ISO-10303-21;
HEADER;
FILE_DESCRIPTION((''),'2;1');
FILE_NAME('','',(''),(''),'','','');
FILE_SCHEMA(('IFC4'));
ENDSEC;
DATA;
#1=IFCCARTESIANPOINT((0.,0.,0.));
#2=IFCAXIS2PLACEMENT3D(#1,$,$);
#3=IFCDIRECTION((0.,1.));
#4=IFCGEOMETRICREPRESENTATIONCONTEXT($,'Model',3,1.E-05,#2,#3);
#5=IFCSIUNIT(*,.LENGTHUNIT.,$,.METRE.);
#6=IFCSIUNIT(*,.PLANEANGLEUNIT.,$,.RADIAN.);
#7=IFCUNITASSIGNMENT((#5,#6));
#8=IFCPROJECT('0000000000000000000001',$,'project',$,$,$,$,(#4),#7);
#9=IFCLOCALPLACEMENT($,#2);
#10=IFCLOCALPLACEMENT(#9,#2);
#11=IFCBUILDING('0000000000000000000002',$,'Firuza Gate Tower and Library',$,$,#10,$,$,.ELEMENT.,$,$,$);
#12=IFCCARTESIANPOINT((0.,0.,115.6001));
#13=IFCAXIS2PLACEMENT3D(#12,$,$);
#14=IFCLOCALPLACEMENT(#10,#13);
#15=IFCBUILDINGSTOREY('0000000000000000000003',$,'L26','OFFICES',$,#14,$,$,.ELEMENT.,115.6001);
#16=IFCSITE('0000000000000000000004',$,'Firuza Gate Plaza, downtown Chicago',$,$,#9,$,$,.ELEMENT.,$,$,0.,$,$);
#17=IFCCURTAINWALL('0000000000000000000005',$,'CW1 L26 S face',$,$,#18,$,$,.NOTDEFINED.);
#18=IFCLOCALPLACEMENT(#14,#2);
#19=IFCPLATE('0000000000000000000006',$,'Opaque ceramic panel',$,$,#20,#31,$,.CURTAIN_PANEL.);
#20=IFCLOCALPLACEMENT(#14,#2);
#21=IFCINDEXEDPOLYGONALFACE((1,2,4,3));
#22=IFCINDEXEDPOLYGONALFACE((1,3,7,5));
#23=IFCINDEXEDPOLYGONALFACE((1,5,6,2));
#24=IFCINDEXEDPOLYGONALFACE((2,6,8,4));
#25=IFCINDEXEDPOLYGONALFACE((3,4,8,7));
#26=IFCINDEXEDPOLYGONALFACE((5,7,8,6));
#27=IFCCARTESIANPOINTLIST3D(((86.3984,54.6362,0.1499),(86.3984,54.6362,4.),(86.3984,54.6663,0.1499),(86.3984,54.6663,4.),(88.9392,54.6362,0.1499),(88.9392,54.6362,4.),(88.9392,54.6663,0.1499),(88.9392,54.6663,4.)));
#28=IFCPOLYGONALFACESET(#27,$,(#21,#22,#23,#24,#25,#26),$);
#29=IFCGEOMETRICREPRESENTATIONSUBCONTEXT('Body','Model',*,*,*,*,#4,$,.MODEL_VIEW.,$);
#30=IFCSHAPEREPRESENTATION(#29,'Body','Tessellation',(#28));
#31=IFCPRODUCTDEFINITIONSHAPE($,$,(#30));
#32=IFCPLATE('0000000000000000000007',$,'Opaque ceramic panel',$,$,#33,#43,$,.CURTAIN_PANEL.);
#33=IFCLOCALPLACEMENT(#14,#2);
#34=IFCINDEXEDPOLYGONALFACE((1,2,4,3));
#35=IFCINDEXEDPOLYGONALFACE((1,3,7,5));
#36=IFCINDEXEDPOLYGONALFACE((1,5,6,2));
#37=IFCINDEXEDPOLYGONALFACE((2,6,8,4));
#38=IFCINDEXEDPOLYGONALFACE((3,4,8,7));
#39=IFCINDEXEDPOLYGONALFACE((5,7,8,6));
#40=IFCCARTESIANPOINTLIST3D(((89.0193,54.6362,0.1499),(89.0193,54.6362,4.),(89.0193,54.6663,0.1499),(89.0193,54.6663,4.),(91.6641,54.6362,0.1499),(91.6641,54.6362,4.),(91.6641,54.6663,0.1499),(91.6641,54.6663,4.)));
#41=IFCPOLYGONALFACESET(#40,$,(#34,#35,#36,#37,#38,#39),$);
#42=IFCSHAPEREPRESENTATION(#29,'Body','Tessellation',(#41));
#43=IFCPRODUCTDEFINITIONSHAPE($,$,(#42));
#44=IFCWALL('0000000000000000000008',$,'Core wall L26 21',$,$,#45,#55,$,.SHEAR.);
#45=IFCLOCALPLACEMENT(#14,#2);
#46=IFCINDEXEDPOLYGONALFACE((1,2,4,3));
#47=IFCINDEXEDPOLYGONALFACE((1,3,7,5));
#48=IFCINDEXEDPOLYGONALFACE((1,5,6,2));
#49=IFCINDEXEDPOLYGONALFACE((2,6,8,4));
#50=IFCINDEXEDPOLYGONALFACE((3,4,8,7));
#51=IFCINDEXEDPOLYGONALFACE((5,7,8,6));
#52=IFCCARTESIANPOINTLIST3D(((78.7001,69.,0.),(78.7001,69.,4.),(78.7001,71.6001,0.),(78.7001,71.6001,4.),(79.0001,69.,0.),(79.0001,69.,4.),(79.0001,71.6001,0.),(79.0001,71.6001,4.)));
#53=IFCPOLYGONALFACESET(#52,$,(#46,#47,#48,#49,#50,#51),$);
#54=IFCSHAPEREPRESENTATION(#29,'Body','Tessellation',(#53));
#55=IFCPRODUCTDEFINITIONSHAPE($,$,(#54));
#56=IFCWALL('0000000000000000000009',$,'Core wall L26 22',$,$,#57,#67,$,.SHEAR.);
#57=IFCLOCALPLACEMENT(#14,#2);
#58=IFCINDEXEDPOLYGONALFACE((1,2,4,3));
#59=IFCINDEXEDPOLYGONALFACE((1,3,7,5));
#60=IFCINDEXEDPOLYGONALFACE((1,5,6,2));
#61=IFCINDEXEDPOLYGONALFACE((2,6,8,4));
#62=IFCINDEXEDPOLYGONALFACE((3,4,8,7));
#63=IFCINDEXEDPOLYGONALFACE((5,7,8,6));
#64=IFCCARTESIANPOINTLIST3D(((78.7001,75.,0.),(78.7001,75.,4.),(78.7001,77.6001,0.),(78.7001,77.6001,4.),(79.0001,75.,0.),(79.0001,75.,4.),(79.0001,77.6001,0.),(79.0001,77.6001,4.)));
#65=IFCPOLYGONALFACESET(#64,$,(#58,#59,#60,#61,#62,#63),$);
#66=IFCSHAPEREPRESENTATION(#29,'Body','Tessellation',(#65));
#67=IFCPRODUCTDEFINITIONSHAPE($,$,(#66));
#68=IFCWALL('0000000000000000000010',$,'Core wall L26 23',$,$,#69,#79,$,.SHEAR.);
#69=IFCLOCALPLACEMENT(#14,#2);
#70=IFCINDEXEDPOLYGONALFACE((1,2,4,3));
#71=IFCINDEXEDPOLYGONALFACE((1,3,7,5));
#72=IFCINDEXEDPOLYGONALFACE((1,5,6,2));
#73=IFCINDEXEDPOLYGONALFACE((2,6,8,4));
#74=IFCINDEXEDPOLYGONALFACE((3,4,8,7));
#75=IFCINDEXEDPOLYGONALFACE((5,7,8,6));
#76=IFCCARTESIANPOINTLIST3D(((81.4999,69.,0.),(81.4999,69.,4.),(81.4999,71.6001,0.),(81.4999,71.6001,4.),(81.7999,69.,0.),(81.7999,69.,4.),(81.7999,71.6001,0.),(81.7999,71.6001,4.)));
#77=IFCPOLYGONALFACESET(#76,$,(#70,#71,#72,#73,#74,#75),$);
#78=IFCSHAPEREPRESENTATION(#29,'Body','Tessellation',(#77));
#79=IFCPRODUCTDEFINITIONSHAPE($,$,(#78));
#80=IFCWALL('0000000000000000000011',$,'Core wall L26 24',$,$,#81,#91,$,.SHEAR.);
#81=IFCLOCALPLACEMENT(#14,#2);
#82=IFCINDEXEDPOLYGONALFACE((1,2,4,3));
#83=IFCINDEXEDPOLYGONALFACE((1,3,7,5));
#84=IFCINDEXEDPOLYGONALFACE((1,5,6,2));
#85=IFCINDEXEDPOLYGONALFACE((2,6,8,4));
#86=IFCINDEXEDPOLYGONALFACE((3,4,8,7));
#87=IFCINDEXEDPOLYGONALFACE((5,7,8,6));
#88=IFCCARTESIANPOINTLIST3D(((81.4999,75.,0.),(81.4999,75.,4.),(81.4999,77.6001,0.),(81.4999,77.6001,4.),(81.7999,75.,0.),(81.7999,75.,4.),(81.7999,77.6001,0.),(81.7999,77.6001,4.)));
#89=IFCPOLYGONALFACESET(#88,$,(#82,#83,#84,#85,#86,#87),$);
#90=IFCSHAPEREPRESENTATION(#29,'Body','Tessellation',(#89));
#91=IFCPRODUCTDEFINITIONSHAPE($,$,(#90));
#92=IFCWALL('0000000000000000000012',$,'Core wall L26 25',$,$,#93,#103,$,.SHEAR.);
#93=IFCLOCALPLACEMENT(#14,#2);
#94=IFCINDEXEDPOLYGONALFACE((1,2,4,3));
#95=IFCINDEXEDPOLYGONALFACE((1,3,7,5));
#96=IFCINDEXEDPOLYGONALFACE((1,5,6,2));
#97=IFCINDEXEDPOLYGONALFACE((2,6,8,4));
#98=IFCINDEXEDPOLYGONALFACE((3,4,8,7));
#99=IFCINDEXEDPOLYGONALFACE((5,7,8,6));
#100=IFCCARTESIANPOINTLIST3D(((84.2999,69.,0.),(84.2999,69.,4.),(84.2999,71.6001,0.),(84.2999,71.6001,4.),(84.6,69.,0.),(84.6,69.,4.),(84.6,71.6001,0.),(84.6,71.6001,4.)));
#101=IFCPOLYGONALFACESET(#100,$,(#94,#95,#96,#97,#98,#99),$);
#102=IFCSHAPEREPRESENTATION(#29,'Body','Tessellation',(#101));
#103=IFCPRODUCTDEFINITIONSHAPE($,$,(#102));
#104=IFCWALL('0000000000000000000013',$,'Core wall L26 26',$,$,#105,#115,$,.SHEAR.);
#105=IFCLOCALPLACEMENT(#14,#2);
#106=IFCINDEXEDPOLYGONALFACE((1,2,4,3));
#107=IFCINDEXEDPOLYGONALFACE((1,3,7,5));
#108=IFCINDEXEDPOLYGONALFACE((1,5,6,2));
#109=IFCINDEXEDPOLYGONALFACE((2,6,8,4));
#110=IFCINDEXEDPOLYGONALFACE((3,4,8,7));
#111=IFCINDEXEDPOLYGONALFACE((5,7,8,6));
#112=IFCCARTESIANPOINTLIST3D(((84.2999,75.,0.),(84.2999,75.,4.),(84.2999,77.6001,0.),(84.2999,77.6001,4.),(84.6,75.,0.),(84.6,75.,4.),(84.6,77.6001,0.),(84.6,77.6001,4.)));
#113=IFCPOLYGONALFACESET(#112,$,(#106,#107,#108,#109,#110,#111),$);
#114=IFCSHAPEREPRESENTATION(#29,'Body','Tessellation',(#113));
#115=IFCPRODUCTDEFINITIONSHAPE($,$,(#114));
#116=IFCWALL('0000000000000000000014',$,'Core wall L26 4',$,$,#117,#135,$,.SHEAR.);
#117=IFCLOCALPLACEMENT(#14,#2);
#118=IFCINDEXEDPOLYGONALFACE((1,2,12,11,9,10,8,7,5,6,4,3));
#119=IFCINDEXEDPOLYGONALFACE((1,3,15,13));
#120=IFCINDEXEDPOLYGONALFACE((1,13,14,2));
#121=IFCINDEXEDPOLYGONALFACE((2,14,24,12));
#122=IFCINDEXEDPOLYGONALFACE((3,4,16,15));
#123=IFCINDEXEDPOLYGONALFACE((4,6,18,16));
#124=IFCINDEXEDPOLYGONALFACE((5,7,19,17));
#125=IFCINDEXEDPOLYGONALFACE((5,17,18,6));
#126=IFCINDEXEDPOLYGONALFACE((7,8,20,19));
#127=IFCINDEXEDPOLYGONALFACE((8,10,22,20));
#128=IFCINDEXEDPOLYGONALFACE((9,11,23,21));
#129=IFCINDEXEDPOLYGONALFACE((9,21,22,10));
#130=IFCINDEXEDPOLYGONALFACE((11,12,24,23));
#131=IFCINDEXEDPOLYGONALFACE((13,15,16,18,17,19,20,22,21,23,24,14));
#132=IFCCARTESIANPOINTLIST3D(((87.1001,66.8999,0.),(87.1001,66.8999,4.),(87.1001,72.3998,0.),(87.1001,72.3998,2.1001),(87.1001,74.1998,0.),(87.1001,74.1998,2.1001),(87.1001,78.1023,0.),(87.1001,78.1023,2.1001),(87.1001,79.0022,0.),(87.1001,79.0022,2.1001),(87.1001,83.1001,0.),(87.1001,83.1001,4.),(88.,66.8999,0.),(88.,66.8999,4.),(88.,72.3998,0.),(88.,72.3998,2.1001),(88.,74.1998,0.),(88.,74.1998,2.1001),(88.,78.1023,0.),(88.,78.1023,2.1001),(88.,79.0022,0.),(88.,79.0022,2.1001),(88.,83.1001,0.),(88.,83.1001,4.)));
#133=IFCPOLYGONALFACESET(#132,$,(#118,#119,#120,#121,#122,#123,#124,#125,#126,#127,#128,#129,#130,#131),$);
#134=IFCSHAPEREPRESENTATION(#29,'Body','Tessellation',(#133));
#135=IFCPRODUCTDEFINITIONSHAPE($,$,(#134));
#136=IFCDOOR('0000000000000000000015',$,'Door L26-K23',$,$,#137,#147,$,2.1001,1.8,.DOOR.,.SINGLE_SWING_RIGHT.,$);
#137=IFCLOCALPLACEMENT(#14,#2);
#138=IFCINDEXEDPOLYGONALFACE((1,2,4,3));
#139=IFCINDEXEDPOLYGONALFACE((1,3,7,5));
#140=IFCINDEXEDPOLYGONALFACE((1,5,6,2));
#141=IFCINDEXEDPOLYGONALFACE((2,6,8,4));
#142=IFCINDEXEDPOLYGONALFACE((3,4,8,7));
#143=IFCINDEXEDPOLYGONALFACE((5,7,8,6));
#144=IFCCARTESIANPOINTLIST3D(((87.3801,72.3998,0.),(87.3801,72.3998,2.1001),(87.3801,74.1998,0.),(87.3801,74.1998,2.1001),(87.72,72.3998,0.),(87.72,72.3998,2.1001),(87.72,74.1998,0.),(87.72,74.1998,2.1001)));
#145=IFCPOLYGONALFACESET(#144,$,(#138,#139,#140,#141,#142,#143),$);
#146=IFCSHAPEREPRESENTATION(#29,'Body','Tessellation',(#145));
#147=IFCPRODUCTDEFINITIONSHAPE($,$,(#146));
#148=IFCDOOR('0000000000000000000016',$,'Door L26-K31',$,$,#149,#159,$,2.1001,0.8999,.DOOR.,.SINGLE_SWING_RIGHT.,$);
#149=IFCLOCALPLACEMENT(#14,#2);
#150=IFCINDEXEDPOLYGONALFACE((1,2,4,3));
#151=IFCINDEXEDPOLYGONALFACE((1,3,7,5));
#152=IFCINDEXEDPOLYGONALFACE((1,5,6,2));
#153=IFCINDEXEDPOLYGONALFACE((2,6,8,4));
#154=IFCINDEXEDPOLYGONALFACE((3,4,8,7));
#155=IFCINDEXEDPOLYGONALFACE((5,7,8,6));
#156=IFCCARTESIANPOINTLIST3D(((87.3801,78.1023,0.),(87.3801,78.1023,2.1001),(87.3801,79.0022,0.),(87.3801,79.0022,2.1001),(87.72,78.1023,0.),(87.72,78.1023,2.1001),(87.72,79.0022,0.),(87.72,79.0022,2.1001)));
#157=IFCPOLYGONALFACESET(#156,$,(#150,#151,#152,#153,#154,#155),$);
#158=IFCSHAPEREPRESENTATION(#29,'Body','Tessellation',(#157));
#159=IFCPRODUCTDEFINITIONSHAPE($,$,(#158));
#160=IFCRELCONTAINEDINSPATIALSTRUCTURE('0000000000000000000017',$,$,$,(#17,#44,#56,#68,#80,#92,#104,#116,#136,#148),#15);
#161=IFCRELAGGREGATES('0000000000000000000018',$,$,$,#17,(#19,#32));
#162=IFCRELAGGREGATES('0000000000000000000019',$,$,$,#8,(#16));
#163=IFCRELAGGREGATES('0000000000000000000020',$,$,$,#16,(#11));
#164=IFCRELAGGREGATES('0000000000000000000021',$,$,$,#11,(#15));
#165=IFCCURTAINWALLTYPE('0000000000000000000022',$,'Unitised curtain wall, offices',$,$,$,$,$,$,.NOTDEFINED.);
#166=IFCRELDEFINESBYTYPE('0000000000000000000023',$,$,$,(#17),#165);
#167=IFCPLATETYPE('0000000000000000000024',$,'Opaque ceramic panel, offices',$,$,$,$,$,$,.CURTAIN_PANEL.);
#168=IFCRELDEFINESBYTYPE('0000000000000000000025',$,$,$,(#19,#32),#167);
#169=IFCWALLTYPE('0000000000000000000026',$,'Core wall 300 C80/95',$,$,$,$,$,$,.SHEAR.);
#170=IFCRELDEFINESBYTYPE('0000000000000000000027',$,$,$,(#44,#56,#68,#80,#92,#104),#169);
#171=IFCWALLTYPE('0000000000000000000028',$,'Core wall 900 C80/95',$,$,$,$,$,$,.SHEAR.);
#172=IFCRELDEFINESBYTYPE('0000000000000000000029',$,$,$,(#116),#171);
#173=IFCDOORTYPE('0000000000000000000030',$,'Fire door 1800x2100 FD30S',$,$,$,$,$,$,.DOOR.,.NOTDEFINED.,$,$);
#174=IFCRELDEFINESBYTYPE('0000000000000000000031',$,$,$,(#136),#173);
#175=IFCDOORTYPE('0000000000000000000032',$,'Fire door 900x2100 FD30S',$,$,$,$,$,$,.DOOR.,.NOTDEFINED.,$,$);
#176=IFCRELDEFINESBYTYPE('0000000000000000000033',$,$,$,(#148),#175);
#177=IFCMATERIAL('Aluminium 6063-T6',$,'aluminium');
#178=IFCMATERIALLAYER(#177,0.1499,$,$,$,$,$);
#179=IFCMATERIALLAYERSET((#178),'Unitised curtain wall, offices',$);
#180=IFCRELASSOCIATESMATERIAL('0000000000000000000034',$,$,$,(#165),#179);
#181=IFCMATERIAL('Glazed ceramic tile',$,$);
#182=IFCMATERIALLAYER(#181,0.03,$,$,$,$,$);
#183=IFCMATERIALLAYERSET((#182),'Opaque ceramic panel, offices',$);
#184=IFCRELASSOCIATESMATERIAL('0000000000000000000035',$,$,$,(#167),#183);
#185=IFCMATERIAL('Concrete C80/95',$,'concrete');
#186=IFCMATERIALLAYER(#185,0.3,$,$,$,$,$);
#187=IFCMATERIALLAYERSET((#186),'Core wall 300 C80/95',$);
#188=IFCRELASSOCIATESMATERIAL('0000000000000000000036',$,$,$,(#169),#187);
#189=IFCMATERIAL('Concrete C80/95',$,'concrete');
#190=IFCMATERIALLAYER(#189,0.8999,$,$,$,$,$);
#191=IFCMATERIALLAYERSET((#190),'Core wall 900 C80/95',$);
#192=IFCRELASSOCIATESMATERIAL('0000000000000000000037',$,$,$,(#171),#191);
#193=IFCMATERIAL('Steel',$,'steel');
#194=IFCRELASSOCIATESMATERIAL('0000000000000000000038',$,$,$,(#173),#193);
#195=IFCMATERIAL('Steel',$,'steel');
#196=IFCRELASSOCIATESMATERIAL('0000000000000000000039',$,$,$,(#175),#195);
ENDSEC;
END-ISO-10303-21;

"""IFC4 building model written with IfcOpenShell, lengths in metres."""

from ifc_helpers import new_model, si_unit, direction, frame, frame_2d, origin, place, context, subcontext, project, spatial, polyline, rectangle, outline, extrude, material, layer, layer_set, type_object, element, fill, aggregate, save


model = new_model("IFC4")

# Units and contexts
model_context = context("Model", 3, precision=1e-05, world=origin(), true_north=direction((0.0, 1.0)))
body_context = subcontext(model_context, "Body", "Model", "MODEL_VIEW")
ifc_project = project(units=[si_unit("LENGTHUNIT", "METRE"), si_unit("PLANEANGLEUNIT", "RADIAN")], contexts=[model_context])

# Site, building, storey
site_placement = place(None, origin())
site = spatial("IfcSite", under=ifc_project, at=site_placement, Name="Firuza Gate Plaza, downtown Chicago", CompositionType="ELEMENT", RefElevation=0.0)
building_placement = place(site_placement, origin())
building = spatial("IfcBuilding", under=site, at=building_placement, Name="Firuza Gate Tower and Library", CompositionType="ELEMENT")
storey_placement = place(building_placement, frame((0.0, 0.0, 115.6001)))
storey = spatial("IfcBuildingStorey", under=building, at=storey_placement, Name="L26", Description="OFFICES", CompositionType="ELEMENT", Elevation=115.6001)

# Curtain wall
ifc_material_1 = material(Name="Aluminium 6063-T6", Category="aluminium")
ifc_layer_1 = layer(ifc_material_1, 0.1499)
ifc_layer_set_1 = layer_set([ifc_layer_1], Name="Unitised curtain wall, offices")
curtain_wall_type = type_object("IfcCurtainWallType", Name="Unitised curtain wall, offices", PredefinedType="NOTDEFINED", material=ifc_layer_set_1)
curtain_wall_placement = place(storey_placement, origin())
curtain_wall = element("IfcCurtainWall", 1, at=curtain_wall_placement, inside=storey, type_object=curtain_wall_type, Name="CW1 L26 S face", PredefinedType="NOTDEFINED")

# Plates
ifc_material_2 = material(Name="Glazed ceramic tile")
ifc_layer_2 = layer(ifc_material_2, 0.03)
ifc_layer_set_2 = layer_set([ifc_layer_2], Name="Opaque ceramic panel, offices")
plate_type_1 = type_object("IfcPlateType", Name="Opaque ceramic panel, offices", PredefinedType="CURTAIN_PANEL", material=ifc_layer_set_2)
plate_1_placement = place(storey_placement, frame((86.3984, 54.6362, 0.1499), z_axis=(0.0, -1.0, 0.0), x_axis=(1.0, 0.0, 0.0)))
plate_1 = element("IfcPlate", 2, at=plate_1_placement, type_object=plate_type_1, Name="Opaque ceramic panel", PredefinedType="CURTAIN_PANEL", context=body_context, shape_type="SweptSolid", body=[
    extrude(outline(polyline([(0.0, 0.0), (2.5408, 0.0), (2.5408, 3.8501), (0.0, 3.8501), (0.0, 0.0)])), origin(), (0.0, 0.0, -1.0), 0.03),
])
plate_2_placement = place(storey_placement, frame((89.0193, 54.6362, 0.1499), z_axis=(0.0, -1.0, 0.0), x_axis=(1.0, 0.0, 0.0)))
plate_2 = element("IfcPlate", 3, at=plate_2_placement, type_object=plate_type_1, Name="Opaque ceramic panel", PredefinedType="CURTAIN_PANEL", context=body_context, shape_type="SweptSolid", body=[
    extrude(outline(polyline([(0.0, 0.0), (2.6448, 0.0), (2.6448, 3.8501), (0.0, 3.8501), (0.0, 0.0)])), origin(), (0.0, 0.0, -1.0), 0.03),
])
aggregate(curtain_wall, [plate_1, plate_2])

# Walls
ifc_material_3 = material(Name="Concrete C80/95", Category="concrete")
ifc_layer_3 = layer(ifc_material_3, 0.3)
ifc_layer_set_3 = layer_set([ifc_layer_3], Name="Core wall 300 C80/95")
wall_type_1 = type_object("IfcWallType", Name="Core wall 300 C80/95", PredefinedType="SHEAR", material=ifc_layer_set_3)
for number, where, z_axis, x_axis, name in (
    (4, (78.8501, 69.0, 0.0), (0.0, 0.0, 1.0), (0.0, 1.0, 0.0), "Core wall L26 21"),
    (5, (78.8501, 75.0, 0.0), (0.0, 0.0, 1.0), (0.0, 1.0, 0.0), "Core wall L26 22"),
    (6, (81.6499, 69.0, 0.0), (0.0, 0.0, 1.0), (0.0, 1.0, 0.0), "Core wall L26 23"),
    (7, (81.6499, 75.0, 0.0), (0.0, 0.0, 1.0), (0.0, 1.0, 0.0), "Core wall L26 24"),
    (8, (84.45, 69.0, 0.0), (0.0, 0.0, 1.0), (0.0, 1.0, 0.0), "Core wall L26 25"),
    (9, (84.45, 75.0, 0.0), (0.0, 0.0, 1.0), (0.0, 1.0, 0.0), "Core wall L26 26"),
):
    element("IfcWall", number, at=place(storey_placement, frame(where, z_axis=z_axis, x_axis=x_axis)), inside=storey, type_object=wall_type_1, Name=name, PredefinedType="SHEAR", context=body_context, shape_type="SweptSolid", body=[
        extrude(rectangle(XDim=2.6001, YDim=0.3, at=frame_2d((1.3, 0.0))), origin(), (0.0, 0.0, 1.0), 4.0),
    ])

# Wall, openings, doors
ifc_material_4 = material(Name="Concrete C80/95", Category="concrete")
ifc_layer_4 = layer(ifc_material_4, 0.8999)
ifc_layer_set_4 = layer_set([ifc_layer_4], Name="Core wall 900 C80/95")
wall_type_2 = type_object("IfcWallType", Name="Core wall 900 C80/95", PredefinedType="SHEAR", material=ifc_layer_set_4)
wall_1_placement = place(storey_placement, frame((87.55, 66.8999, 0.0), z_axis=(0.0, 0.0, 1.0), x_axis=(0.0, 1.0, 0.0)))
wall_1 = element("IfcWall", 10, at=wall_1_placement, inside=storey, type_object=wall_type_2, Name="Core wall L26 4", PredefinedType="SHEAR", context=body_context, shape_type="SweptSolid", body=[
    extrude(rectangle(XDim=16.2002, YDim=0.8999, at=frame_2d((8.1001, 0.0))), origin(), (0.0, 0.0, 1.0), 4.0),
])
opening_1_placement = place(wall_1_placement, frame((5.5, 0.0, 0.0)))
opening_1 = element("IfcOpeningElement", 11, at=opening_1_placement, cuts=wall_1, PredefinedType="OPENING", context=body_context, shape_type="SweptSolid", body=[
    extrude(rectangle(XDim=1.8, YDim=2.1001, at=frame_2d((0.8999, 1.05))), frame((0.0, 0.46, 0.0), z_axis=(0.0, -1.0, 0.0), x_axis=(1.0, 0.0, 0.0)), (0.0, 0.0, 1.0), 0.9199),
])
opening_2_placement = place(wall_1_placement, frame((11.2024, 0.0, 0.0)))
opening_2 = element("IfcOpeningElement", 12, at=opening_2_placement, cuts=wall_1, PredefinedType="OPENING", context=body_context, shape_type="SweptSolid", body=[
    extrude(rectangle(XDim=0.8999, YDim=2.1001, at=frame_2d((0.45, 1.05))), frame((0.0, 0.46, 0.0), z_axis=(0.0, -1.0, 0.0), x_axis=(1.0, 0.0, 0.0)), (0.0, 0.0, 1.0), 0.9199),
])
ifc_material_5 = material(Name="Steel", Category="steel")
door_type_1 = type_object("IfcDoorType", Name="Fire door 1800x2100 FD30S", OperationType="NOTDEFINED", PredefinedType="DOOR", material=ifc_material_5)
door_1_placement = place(opening_1_placement, origin())
door_1 = element("IfcDoor", 13, at=door_1_placement, inside=storey, type_object=door_type_1, Name="Door L26-K23", OperationType="SINGLE_SWING_RIGHT", OverallHeight=2.1001, OverallWidth=1.8, PredefinedType="DOOR", context=body_context, shape_type="SweptSolid", body=[
    extrude(rectangle(XDim=1.8, YDim=2.1001, at=frame_2d((0.8999, 1.05))), frame((0.0, 0.1699, 0.0), z_axis=(0.0, -1.0, 0.0), x_axis=(1.0, 0.0, 0.0)), (0.0, 0.0, 1.0), 0.3398),
])
fill(opening_1, door_1)
ifc_material_6 = material(Name="Steel", Category="steel")
door_type_2 = type_object("IfcDoorType", Name="Fire door 900x2100 FD30S", OperationType="NOTDEFINED", PredefinedType="DOOR", material=ifc_material_6)
door_2_placement = place(opening_2_placement, origin())
door_2 = element("IfcDoor", 14, at=door_2_placement, inside=storey, type_object=door_type_2, Name="Door L26-K31", OperationType="SINGLE_SWING_RIGHT", OverallHeight=2.1001, OverallWidth=0.8999, PredefinedType="DOOR", context=body_context, shape_type="SweptSolid", body=[
    extrude(rectangle(XDim=0.8999, YDim=2.1001, at=frame_2d((0.45, 1.05))), frame((0.0, 0.1699, 0.0), z_axis=(0.0, -1.0, 0.0), x_axis=(1.0, 0.0, 0.0)), (0.0, 0.0, 1.0), 0.3398),
])
fill(opening_2, door_2)

save(model, "model.ifc")
